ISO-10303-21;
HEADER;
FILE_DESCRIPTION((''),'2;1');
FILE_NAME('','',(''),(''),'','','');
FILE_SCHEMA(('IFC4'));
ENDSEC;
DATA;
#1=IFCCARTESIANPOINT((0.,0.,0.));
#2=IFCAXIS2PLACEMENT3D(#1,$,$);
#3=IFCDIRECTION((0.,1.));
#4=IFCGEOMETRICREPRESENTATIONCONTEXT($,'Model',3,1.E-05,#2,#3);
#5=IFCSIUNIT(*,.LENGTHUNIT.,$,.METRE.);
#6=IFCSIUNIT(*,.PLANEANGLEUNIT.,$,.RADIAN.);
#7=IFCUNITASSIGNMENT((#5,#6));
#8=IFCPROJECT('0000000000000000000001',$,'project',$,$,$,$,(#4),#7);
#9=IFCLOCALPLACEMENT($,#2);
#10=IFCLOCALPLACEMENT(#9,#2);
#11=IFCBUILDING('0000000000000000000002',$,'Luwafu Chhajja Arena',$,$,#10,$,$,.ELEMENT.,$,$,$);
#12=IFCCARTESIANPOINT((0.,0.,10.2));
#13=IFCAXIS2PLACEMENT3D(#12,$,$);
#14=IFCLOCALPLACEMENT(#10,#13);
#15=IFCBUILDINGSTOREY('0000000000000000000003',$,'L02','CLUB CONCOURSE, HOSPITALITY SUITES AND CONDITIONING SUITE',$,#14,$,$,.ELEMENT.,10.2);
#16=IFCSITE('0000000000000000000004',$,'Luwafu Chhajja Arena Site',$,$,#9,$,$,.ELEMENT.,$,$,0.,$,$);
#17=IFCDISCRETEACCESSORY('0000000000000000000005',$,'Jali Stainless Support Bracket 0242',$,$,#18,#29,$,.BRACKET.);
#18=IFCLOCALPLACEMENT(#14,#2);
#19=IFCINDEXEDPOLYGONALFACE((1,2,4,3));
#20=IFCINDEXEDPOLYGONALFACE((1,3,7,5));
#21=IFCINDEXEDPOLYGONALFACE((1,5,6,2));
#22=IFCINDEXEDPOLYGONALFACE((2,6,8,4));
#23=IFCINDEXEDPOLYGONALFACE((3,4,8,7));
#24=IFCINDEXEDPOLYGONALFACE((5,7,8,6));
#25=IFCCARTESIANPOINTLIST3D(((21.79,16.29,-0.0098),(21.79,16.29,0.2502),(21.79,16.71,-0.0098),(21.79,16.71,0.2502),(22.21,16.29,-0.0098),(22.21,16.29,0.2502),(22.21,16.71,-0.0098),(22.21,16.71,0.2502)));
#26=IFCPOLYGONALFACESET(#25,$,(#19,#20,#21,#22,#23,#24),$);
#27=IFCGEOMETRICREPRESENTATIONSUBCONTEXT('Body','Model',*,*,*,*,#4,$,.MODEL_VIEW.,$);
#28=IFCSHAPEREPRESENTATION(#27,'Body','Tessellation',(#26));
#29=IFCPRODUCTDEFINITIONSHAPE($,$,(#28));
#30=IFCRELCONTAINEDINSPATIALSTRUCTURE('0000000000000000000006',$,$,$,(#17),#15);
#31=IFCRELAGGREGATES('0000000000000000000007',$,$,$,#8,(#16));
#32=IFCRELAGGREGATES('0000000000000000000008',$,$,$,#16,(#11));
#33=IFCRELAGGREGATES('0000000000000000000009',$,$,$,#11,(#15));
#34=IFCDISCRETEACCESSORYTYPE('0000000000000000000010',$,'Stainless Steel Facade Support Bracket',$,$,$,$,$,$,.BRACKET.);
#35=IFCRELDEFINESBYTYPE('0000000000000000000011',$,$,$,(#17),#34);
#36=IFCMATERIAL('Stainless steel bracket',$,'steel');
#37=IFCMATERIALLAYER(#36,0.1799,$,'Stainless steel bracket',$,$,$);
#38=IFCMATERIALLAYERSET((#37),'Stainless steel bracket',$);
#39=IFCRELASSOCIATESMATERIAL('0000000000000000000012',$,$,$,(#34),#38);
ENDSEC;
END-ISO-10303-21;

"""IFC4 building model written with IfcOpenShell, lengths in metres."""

from ifc_helpers import new_model, si_unit, direction, frame, origin, origin_2d, place, context, subcontext, project, spatial, rectangle, extrude, material, layer, layer_set, type_object, element, save


model = new_model("IFC4")

# Units and contexts
model_context = context("Model", 3, precision=1e-05, world=origin(), true_north=direction((0.0, 1.0)))
body_context = subcontext(model_context, "Body", "Model", "MODEL_VIEW")
ifc_project = project(units=[si_unit("LENGTHUNIT", "METRE"), si_unit("PLANEANGLEUNIT", "RADIAN")], contexts=[model_context])

# Site, building, storey
site_placement = place(None, origin())
site = spatial("IfcSite", under=ifc_project, at=site_placement, Name="Luwafu Chhajja Arena Site", CompositionType="ELEMENT", RefElevation=0.0)
building_placement = place(site_placement, origin())
building = spatial("IfcBuilding", under=site, at=building_placement, Name="Luwafu Chhajja Arena", CompositionType="ELEMENT")
storey_placement = place(building_placement, frame((0.0, 0.0, 10.2)))
storey = spatial("IfcBuildingStorey", under=building, at=storey_placement, Name="L02", Description="CLUB CONCOURSE, HOSPITALITY SUITES AND CONDITIONING SUITE", CompositionType="ELEMENT", Elevation=10.2)

# Discrete accessory
ifc_material_1 = material(Name="Stainless steel bracket", Category="steel")
ifc_layer_1 = layer(ifc_material_1, 0.1799, Name="Stainless steel bracket")
ifc_layer_set_1 = layer_set([ifc_layer_1], Name="Stainless steel bracket")
discrete_accessory_type = type_object("IfcDiscreteAccessoryType", Name="Stainless Steel Facade Support Bracket", PredefinedType="BRACKET", material=ifc_layer_set_1)
discrete_accessory_placement = place(storey_placement, frame((22.0, 16.5, -0.0098), z_axis=(0.0, 0.0, 1.0), x_axis=(0.0, 1.0, 0.0)))
element("IfcDiscreteAccessory", 1, at=discrete_accessory_placement, inside=storey, type_object=discrete_accessory_type, Name="Jali Stainless Support Bracket 0242", PredefinedType="BRACKET", context=body_context, shape_type="SweptSolid", body=[
    extrude(rectangle(XDim=0.4199, YDim=0.4199, at=origin_2d()), origin(), (0.0, 0.0, 1.0), 0.26),
])

save(model, "model.ifc")
